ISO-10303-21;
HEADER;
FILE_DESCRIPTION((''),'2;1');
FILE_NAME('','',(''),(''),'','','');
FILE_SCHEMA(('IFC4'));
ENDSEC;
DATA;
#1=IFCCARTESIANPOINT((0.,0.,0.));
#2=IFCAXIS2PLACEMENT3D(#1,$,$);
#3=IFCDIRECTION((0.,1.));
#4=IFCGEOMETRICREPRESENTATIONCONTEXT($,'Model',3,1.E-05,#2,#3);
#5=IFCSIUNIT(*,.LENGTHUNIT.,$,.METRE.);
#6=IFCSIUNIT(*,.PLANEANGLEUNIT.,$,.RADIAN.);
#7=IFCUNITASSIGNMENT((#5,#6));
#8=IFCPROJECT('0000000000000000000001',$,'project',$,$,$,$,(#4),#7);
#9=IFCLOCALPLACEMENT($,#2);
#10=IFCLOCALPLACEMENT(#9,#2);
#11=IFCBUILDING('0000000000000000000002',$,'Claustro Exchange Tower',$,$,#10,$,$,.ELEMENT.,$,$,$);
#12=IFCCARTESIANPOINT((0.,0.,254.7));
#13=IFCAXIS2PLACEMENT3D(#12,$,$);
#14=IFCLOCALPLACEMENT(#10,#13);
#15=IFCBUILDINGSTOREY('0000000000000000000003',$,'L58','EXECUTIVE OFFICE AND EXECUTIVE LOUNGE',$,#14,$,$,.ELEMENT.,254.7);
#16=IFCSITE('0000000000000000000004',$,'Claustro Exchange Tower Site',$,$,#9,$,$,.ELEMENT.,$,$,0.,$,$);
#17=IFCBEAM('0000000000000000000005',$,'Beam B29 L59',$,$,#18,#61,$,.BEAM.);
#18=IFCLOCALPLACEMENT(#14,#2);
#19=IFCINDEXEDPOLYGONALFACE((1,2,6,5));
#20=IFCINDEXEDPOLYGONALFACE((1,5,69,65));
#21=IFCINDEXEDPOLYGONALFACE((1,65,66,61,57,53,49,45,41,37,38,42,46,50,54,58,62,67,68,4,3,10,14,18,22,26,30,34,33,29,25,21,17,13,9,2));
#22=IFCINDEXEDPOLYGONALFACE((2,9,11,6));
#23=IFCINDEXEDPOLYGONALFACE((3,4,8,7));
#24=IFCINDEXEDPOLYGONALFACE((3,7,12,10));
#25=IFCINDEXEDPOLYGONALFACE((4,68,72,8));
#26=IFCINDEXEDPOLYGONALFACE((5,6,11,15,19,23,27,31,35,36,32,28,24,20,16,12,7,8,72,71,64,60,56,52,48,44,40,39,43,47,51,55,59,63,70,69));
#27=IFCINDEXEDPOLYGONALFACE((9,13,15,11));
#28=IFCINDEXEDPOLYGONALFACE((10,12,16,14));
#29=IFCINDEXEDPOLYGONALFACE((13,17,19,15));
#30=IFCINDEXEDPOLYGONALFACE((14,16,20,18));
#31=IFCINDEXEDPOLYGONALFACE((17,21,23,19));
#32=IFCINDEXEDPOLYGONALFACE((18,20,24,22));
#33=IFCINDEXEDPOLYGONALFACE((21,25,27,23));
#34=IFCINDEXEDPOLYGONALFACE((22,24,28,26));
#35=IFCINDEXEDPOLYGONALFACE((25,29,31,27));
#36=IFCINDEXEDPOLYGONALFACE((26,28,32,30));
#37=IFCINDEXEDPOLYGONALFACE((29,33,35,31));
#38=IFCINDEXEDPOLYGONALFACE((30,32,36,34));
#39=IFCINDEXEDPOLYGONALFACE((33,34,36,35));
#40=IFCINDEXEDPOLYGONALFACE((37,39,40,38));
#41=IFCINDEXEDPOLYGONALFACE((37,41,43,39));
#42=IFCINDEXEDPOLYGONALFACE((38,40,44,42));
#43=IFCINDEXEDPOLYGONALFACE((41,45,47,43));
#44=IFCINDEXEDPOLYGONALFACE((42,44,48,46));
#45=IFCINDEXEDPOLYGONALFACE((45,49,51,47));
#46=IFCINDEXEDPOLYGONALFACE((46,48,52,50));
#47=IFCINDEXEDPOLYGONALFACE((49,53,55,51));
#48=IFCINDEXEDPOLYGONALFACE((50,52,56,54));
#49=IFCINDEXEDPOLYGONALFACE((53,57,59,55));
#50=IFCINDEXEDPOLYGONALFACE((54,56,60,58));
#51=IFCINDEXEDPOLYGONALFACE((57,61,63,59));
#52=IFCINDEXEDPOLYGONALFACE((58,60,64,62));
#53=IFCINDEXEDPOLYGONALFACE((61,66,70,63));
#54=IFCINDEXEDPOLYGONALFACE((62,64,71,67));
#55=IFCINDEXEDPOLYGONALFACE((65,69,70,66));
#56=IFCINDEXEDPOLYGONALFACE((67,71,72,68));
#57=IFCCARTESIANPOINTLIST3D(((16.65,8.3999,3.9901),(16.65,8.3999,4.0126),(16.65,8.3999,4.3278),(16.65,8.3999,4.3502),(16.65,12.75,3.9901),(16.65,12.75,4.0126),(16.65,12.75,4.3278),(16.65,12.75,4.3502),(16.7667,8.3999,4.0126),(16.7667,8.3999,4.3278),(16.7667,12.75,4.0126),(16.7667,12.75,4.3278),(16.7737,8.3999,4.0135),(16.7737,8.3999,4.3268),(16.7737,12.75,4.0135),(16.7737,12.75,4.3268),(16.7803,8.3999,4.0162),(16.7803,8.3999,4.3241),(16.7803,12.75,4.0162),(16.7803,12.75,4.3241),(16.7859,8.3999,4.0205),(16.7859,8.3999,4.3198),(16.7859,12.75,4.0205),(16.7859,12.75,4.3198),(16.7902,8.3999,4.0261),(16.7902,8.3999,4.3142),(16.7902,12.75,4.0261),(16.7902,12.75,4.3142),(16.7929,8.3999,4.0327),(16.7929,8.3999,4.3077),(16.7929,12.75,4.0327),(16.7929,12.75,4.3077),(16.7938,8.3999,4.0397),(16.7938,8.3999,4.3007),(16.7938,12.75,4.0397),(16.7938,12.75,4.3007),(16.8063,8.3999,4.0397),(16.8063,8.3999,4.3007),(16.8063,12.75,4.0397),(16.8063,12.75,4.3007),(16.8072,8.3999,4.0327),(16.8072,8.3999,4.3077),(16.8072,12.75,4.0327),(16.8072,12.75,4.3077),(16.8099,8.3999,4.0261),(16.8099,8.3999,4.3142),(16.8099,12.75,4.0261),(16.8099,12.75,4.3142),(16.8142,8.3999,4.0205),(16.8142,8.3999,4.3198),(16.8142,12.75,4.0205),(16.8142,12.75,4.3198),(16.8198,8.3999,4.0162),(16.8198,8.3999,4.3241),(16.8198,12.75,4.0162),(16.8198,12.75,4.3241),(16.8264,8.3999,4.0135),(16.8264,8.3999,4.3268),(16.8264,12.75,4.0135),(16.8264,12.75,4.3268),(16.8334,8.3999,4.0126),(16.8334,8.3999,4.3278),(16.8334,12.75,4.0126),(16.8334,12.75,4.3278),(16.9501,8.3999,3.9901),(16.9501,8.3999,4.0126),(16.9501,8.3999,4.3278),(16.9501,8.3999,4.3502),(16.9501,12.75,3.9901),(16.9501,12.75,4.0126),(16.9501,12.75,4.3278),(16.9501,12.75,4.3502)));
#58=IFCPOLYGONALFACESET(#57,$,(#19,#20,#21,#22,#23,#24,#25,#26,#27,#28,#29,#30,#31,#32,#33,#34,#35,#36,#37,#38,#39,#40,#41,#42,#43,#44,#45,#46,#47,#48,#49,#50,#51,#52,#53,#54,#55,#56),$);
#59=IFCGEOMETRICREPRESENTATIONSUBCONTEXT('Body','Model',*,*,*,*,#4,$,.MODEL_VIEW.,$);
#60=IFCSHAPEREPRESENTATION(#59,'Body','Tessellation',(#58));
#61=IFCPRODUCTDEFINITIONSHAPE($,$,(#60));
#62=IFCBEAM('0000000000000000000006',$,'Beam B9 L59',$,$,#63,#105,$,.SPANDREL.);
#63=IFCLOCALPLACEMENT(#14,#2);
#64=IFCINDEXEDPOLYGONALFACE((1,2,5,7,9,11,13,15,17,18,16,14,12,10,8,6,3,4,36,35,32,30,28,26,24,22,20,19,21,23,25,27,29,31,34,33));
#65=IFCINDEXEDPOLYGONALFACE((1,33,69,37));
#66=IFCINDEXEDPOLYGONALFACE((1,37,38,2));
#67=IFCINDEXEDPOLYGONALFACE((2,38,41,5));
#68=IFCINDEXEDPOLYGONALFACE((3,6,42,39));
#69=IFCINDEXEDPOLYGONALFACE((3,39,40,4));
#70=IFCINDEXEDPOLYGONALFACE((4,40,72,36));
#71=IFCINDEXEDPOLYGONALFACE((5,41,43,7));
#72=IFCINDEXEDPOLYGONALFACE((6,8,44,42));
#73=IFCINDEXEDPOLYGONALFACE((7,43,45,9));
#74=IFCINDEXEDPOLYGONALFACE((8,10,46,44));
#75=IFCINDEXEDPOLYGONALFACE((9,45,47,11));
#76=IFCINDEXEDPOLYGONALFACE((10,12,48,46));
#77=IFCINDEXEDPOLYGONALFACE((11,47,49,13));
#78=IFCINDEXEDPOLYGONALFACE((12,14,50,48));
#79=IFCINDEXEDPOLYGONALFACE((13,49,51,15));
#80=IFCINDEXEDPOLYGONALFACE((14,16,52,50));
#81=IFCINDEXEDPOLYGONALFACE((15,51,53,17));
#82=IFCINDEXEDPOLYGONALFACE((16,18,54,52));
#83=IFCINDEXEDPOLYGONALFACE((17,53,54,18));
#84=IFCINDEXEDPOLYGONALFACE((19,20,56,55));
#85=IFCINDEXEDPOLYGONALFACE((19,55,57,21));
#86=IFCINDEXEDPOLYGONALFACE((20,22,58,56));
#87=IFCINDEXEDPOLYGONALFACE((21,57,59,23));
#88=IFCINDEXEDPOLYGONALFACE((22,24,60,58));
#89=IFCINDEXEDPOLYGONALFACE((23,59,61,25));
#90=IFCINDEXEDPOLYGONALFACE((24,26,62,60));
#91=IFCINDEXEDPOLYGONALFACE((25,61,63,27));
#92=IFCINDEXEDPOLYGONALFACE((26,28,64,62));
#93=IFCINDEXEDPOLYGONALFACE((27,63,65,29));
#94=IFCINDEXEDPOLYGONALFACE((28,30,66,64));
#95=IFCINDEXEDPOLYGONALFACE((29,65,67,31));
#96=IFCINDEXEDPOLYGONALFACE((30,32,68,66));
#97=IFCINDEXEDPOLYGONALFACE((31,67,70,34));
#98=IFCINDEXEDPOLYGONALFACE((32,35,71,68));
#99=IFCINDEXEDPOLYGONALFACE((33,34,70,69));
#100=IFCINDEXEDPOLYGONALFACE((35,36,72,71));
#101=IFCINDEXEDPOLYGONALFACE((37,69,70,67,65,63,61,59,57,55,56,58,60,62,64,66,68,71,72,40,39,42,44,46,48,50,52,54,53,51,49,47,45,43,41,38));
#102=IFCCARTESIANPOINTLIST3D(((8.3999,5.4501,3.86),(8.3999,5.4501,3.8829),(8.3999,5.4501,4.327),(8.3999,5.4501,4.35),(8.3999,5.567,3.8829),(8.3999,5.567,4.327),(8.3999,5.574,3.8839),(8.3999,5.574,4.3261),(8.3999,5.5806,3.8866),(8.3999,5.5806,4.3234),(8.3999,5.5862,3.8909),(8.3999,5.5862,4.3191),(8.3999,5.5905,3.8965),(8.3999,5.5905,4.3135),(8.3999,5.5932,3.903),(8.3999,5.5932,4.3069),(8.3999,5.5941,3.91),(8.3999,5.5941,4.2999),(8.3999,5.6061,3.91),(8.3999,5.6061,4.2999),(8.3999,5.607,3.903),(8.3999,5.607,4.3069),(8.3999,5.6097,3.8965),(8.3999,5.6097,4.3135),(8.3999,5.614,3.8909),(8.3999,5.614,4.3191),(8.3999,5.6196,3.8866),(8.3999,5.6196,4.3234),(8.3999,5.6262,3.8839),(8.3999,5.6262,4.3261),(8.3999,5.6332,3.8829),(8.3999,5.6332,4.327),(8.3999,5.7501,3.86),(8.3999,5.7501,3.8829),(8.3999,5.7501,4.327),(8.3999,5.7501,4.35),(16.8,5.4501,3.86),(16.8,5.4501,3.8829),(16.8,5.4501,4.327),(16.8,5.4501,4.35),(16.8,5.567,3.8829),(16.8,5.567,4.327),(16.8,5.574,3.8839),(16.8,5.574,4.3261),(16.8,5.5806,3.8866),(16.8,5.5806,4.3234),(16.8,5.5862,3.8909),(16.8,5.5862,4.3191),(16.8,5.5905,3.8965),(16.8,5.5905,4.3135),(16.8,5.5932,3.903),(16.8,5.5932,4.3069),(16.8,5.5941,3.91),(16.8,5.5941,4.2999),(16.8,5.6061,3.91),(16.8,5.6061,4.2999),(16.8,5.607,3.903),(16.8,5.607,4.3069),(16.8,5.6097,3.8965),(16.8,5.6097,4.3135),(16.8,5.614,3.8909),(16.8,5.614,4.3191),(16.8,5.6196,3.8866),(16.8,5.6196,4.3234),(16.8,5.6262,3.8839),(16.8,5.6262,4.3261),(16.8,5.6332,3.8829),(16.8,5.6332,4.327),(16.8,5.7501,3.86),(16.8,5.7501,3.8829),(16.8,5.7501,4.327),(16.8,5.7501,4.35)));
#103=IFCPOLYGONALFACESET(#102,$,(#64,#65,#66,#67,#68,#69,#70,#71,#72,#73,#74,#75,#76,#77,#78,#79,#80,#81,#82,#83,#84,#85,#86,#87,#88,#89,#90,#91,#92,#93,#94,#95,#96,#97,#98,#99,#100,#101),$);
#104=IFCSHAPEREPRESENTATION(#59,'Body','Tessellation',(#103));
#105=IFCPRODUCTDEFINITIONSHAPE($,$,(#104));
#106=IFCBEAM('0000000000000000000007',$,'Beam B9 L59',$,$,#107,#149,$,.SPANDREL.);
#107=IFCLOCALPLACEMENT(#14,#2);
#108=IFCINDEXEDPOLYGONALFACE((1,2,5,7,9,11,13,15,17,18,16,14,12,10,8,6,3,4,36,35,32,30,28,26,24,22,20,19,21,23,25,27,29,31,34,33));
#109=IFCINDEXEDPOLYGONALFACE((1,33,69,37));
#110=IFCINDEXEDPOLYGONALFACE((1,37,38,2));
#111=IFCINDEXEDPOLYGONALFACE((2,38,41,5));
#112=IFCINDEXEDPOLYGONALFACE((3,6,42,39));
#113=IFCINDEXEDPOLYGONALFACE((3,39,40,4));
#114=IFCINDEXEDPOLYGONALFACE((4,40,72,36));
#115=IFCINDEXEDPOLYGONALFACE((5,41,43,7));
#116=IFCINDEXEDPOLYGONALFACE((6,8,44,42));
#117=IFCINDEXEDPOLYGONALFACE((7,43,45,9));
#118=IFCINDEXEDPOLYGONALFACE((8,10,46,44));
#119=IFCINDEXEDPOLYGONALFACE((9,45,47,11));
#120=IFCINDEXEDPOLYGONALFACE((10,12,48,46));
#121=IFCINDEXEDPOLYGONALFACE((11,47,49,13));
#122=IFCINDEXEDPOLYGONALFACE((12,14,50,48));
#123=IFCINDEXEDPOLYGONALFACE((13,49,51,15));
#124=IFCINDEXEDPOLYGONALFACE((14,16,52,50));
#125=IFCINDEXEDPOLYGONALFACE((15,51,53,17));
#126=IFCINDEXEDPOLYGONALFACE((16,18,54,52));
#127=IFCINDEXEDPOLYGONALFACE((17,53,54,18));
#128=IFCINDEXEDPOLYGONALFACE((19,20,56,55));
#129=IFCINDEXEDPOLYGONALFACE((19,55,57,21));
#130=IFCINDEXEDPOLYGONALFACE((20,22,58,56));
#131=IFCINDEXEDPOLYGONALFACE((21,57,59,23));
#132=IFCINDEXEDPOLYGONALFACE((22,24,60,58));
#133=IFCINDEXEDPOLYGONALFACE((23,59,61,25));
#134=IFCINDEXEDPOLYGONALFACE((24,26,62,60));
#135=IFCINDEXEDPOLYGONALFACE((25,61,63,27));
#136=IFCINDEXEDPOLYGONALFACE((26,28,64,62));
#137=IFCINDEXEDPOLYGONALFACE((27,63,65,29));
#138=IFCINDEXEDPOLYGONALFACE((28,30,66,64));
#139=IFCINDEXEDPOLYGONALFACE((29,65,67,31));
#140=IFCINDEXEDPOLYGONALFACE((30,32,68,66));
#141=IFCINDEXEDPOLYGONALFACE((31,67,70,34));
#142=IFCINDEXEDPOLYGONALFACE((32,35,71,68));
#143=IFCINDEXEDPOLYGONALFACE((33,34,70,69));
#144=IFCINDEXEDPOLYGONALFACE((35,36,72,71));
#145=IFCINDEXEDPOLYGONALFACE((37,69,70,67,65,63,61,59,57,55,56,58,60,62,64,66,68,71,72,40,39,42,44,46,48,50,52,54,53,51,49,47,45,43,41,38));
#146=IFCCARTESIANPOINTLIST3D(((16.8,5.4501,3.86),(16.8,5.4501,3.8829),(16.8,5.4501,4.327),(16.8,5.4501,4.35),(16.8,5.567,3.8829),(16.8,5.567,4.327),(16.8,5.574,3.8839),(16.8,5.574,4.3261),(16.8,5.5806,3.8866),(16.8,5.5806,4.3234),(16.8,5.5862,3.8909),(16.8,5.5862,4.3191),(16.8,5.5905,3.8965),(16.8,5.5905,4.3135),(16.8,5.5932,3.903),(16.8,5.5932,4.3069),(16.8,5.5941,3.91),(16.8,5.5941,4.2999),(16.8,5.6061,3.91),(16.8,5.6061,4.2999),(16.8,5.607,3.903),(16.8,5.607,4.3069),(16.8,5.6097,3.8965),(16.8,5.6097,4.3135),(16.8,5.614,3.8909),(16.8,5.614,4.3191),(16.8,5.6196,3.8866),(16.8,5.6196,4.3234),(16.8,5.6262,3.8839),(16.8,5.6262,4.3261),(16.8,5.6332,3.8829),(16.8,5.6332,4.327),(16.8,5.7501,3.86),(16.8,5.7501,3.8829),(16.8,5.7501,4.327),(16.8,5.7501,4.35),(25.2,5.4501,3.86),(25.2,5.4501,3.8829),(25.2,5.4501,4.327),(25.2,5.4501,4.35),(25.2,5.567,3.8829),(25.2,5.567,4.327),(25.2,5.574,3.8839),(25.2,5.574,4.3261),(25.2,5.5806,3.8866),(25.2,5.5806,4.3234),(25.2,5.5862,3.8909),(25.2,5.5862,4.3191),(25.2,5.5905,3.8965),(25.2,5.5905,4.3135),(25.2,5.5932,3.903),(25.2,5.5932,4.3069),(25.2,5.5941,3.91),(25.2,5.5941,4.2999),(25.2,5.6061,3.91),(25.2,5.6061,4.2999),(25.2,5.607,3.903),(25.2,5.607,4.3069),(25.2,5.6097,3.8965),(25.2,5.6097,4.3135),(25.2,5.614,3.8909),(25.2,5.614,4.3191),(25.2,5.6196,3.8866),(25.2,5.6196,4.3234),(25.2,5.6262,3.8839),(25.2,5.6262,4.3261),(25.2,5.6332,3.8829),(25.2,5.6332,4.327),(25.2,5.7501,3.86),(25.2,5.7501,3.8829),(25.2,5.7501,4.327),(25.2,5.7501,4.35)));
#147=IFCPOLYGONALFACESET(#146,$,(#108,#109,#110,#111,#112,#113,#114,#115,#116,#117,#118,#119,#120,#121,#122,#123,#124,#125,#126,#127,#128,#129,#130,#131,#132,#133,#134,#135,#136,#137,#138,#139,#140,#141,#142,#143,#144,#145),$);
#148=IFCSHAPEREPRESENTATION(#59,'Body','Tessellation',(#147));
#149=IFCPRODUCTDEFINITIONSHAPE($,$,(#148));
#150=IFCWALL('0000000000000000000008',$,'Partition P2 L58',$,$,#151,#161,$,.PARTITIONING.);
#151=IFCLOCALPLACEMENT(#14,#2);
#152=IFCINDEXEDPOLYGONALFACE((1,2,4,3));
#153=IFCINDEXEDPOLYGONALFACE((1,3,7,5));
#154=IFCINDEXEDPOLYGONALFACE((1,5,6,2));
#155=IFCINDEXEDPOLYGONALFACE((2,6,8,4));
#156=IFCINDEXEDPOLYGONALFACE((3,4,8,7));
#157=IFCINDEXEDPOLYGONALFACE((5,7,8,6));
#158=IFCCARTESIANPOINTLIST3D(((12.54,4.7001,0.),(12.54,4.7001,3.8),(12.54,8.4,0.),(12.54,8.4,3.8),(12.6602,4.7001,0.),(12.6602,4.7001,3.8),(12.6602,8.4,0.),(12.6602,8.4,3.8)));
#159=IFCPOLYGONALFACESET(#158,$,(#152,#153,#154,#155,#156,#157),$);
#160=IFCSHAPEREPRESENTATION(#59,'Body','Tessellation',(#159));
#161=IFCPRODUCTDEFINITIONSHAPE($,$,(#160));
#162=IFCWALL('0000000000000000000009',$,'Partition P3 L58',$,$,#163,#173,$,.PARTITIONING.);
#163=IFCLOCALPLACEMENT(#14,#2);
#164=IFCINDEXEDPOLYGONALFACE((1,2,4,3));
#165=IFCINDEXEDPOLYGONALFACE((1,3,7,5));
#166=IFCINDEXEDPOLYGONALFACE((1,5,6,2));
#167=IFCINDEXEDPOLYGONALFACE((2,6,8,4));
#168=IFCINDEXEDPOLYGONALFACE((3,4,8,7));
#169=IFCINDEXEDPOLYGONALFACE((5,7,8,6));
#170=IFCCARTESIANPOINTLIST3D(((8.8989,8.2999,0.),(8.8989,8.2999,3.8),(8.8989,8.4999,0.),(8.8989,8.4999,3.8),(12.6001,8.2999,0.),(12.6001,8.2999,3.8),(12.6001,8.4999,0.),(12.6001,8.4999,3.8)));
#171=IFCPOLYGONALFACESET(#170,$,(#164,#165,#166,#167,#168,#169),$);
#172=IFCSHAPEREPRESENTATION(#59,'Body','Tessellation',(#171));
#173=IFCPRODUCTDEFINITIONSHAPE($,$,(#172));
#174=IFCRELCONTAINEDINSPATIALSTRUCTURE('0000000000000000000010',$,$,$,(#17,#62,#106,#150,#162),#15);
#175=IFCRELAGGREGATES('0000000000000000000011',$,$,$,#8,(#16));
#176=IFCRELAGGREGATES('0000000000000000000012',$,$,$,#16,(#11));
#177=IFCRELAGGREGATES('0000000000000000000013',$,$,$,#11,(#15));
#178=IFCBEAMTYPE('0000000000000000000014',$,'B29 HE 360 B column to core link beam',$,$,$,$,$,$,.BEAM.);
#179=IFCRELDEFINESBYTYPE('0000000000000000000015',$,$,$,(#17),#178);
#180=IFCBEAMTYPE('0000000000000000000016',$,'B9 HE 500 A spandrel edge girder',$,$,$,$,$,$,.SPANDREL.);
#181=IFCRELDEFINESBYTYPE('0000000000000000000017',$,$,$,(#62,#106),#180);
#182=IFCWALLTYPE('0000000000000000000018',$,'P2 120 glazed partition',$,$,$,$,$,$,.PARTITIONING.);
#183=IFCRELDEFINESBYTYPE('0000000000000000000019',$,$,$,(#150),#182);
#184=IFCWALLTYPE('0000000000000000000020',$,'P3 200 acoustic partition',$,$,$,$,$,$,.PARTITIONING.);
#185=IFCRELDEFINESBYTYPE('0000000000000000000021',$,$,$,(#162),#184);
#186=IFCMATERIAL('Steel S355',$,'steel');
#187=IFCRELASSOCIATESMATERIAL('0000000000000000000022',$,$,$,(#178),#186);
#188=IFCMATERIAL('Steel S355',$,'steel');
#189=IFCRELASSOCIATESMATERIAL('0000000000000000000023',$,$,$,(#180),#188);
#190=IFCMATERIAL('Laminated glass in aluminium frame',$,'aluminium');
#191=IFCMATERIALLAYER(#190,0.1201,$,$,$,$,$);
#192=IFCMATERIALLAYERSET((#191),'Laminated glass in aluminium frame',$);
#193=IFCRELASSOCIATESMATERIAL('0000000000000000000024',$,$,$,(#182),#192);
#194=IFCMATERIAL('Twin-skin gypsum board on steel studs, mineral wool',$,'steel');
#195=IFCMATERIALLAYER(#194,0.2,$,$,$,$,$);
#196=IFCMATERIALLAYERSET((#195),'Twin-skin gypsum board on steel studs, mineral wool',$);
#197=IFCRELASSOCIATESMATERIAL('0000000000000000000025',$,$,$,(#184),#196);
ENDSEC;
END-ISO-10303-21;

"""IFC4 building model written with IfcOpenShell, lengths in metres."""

from ifc_helpers import new_model, si_unit, direction, frame, frame_2d, origin, origin_2d, place, context, subcontext, project, spatial, rectangle, i_section, extrude, material, layer, layer_set, material_profile, profile_set, type_object, element, save


model = new_model("IFC4")

# Units and contexts
model_context = context("Model", 3, precision=1e-05, world=origin(), true_north=direction((0.0, 1.0)))
body_context = subcontext(model_context, "Body", "Model", "MODEL_VIEW")
ifc_project = project(units=[si_unit("LENGTHUNIT", "METRE"), si_unit("PLANEANGLEUNIT", "RADIAN")], contexts=[model_context])

# Site, building, storey
site_placement = place(None, origin())
site = spatial("IfcSite", under=ifc_project, at=site_placement, Name="Claustro Exchange Tower Site", CompositionType="ELEMENT", RefElevation=0.0)
building_placement = place(site_placement, origin())
building = spatial("IfcBuilding", under=site, at=building_placement, Name="Claustro Exchange Tower", CompositionType="ELEMENT")
storey_placement = place(building_placement, frame((0.0, 0.0, 254.7)))
storey = spatial("IfcBuildingStorey", under=building, at=storey_placement, Name="L58", Description="EXECUTIVE OFFICE AND EXECUTIVE LOUNGE", CompositionType="ELEMENT", Elevation=254.7)

# Beams
ifc_material_1 = material(Name="Steel S355", Category="steel")
ifc_material_profile_1 = material_profile(ifc_material_1, i_section(OverallWidth=0.3, OverallDepth=0.3601, WebThickness=0.0125, FlangeThickness=0.0225, FilletRadius=0.0271, at=origin_2d()), Name="HE 360 B")
ifc_profile_set_1 = profile_set([ifc_material_profile_1], Name="Steel S355")
beam_type_1 = type_object("IfcBeamType", Name="B29 HE 360 B column to core link beam", PredefinedType="BEAM", material=ifc_profile_set_1)
for number, where, z_axis, x_axis, name in (
    (1, (16.8, 8.3999, 4.1702), (0.0, 1.0, 0.0), (-1.0, 0.0, 0.0), "Beam B29 L59"),
):
    element("IfcBeam", number, at=place(storey_placement, frame(where, z_axis=z_axis, x_axis=x_axis)), inside=storey, type_object=beam_type_1, Name=name, PredefinedType="BEAM", context=body_context, shape_type="SweptSolid", body=[
        extrude(i_section(OverallWidth=0.3, OverallDepth=0.3601, WebThickness=0.0125, FlangeThickness=0.0225, FilletRadius=0.0271, at=origin_2d()), origin(), (0.0, 0.0, 1.0), 4.3501),
    ])
ifc_material_2 = material(Name="Steel S355", Category="steel")
ifc_material_profile_2 = material_profile(ifc_material_2, i_section(OverallWidth=0.3, OverallDepth=0.49, WebThickness=0.012, FlangeThickness=0.0229, FilletRadius=0.0271, at=origin_2d()), Name="HE 500 A")
ifc_profile_set_2 = profile_set([ifc_material_profile_2], Name="Steel S355")
beam_type_2 = type_object("IfcBeamType", Name="B9 HE 500 A spandrel edge girder", PredefinedType="SPANDREL", material=ifc_profile_set_2)
beam_1_placement = place(storey_placement, frame((8.3999, 5.6001, 4.105), z_axis=(1.0, 0.0, 0.0), x_axis=(0.0, 1.0, 0.0)))
element("IfcBeam", 2, at=beam_1_placement, inside=storey, type_object=beam_type_2, Name="Beam B9 L59", PredefinedType="SPANDREL", context=body_context, shape_type="SweptSolid", body=[
    extrude(i_section(OverallWidth=0.3, OverallDepth=0.49, WebThickness=0.012, FlangeThickness=0.0229, FilletRadius=0.0271, at=origin_2d()), origin(), (0.0, 0.0, 1.0), 8.4001),
])
beam_2_placement = place(storey_placement, frame((16.8, 5.6001, 4.105), z_axis=(1.0, 0.0, 0.0), x_axis=(0.0, 1.0, 0.0)))
element("IfcBeam", 3, at=beam_2_placement, inside=storey, type_object=beam_type_2, Name="Beam B9 L59", PredefinedType="SPANDREL", context=body_context, shape_type="SweptSolid", body=[
    extrude(i_section(OverallWidth=0.3, OverallDepth=0.49, WebThickness=0.012, FlangeThickness=0.0229, FilletRadius=0.0271, at=origin_2d()), origin(), (0.0, 0.0, 1.0), 8.3999),
])

# Walls
ifc_material_3 = material(Name="Laminated glass in aluminium frame", Category="aluminium")
ifc_layer_1 = layer(ifc_material_3, 0.1201)
ifc_layer_set_1 = layer_set([ifc_layer_1], Name="Laminated glass in aluminium frame")
wall_type_1 = type_object("IfcWallType", Name="P2 120 glazed partition", PredefinedType="PARTITIONING", material=ifc_layer_set_1)
wall_1_placement = place(storey_placement, frame((12.6001, 4.7, 0.0), z_axis=(0.0, 0.0, 1.0), x_axis=(0.0, 1.0, 0.0)))
element("IfcWall", 4, at=wall_1_placement, inside=storey, type_object=wall_type_1, Name="Partition P2 L58", PredefinedType="PARTITIONING", context=body_context, shape_type="SweptSolid", body=[
    extrude(rectangle(XDim=3.7, YDim=0.1201, at=frame_2d((1.8501, 0.0))), origin(), (0.0, 0.0, 1.0), 3.8),
])
ifc_material_4 = material(Name="Twin-skin gypsum board on steel studs, mineral wool", Category="steel")
ifc_layer_2 = layer(ifc_material_4, 0.2)
ifc_layer_set_2 = layer_set([ifc_layer_2], Name="Twin-skin gypsum board on steel studs, mineral wool")
wall_type_2 = type_object("IfcWallType", Name="P3 200 acoustic partition", PredefinedType="PARTITIONING", material=ifc_layer_set_2)
wall_2_placement = place(storey_placement, frame((8.8989, 8.3999, 0.0), z_axis=(0.0, 0.0, 1.0), x_axis=(1.0, 0.0, 0.0)))
element("IfcWall", 5, at=wall_2_placement, inside=storey, type_object=wall_type_2, Name="Partition P3 L58", PredefinedType="PARTITIONING", context=body_context, shape_type="SweptSolid", body=[
    extrude(rectangle(XDim=3.7012, YDim=0.2, at=frame_2d((1.8506, 0.0))), origin(), (0.0, 0.0, 1.0), 3.8),
])

save(model, "model.ifc")
